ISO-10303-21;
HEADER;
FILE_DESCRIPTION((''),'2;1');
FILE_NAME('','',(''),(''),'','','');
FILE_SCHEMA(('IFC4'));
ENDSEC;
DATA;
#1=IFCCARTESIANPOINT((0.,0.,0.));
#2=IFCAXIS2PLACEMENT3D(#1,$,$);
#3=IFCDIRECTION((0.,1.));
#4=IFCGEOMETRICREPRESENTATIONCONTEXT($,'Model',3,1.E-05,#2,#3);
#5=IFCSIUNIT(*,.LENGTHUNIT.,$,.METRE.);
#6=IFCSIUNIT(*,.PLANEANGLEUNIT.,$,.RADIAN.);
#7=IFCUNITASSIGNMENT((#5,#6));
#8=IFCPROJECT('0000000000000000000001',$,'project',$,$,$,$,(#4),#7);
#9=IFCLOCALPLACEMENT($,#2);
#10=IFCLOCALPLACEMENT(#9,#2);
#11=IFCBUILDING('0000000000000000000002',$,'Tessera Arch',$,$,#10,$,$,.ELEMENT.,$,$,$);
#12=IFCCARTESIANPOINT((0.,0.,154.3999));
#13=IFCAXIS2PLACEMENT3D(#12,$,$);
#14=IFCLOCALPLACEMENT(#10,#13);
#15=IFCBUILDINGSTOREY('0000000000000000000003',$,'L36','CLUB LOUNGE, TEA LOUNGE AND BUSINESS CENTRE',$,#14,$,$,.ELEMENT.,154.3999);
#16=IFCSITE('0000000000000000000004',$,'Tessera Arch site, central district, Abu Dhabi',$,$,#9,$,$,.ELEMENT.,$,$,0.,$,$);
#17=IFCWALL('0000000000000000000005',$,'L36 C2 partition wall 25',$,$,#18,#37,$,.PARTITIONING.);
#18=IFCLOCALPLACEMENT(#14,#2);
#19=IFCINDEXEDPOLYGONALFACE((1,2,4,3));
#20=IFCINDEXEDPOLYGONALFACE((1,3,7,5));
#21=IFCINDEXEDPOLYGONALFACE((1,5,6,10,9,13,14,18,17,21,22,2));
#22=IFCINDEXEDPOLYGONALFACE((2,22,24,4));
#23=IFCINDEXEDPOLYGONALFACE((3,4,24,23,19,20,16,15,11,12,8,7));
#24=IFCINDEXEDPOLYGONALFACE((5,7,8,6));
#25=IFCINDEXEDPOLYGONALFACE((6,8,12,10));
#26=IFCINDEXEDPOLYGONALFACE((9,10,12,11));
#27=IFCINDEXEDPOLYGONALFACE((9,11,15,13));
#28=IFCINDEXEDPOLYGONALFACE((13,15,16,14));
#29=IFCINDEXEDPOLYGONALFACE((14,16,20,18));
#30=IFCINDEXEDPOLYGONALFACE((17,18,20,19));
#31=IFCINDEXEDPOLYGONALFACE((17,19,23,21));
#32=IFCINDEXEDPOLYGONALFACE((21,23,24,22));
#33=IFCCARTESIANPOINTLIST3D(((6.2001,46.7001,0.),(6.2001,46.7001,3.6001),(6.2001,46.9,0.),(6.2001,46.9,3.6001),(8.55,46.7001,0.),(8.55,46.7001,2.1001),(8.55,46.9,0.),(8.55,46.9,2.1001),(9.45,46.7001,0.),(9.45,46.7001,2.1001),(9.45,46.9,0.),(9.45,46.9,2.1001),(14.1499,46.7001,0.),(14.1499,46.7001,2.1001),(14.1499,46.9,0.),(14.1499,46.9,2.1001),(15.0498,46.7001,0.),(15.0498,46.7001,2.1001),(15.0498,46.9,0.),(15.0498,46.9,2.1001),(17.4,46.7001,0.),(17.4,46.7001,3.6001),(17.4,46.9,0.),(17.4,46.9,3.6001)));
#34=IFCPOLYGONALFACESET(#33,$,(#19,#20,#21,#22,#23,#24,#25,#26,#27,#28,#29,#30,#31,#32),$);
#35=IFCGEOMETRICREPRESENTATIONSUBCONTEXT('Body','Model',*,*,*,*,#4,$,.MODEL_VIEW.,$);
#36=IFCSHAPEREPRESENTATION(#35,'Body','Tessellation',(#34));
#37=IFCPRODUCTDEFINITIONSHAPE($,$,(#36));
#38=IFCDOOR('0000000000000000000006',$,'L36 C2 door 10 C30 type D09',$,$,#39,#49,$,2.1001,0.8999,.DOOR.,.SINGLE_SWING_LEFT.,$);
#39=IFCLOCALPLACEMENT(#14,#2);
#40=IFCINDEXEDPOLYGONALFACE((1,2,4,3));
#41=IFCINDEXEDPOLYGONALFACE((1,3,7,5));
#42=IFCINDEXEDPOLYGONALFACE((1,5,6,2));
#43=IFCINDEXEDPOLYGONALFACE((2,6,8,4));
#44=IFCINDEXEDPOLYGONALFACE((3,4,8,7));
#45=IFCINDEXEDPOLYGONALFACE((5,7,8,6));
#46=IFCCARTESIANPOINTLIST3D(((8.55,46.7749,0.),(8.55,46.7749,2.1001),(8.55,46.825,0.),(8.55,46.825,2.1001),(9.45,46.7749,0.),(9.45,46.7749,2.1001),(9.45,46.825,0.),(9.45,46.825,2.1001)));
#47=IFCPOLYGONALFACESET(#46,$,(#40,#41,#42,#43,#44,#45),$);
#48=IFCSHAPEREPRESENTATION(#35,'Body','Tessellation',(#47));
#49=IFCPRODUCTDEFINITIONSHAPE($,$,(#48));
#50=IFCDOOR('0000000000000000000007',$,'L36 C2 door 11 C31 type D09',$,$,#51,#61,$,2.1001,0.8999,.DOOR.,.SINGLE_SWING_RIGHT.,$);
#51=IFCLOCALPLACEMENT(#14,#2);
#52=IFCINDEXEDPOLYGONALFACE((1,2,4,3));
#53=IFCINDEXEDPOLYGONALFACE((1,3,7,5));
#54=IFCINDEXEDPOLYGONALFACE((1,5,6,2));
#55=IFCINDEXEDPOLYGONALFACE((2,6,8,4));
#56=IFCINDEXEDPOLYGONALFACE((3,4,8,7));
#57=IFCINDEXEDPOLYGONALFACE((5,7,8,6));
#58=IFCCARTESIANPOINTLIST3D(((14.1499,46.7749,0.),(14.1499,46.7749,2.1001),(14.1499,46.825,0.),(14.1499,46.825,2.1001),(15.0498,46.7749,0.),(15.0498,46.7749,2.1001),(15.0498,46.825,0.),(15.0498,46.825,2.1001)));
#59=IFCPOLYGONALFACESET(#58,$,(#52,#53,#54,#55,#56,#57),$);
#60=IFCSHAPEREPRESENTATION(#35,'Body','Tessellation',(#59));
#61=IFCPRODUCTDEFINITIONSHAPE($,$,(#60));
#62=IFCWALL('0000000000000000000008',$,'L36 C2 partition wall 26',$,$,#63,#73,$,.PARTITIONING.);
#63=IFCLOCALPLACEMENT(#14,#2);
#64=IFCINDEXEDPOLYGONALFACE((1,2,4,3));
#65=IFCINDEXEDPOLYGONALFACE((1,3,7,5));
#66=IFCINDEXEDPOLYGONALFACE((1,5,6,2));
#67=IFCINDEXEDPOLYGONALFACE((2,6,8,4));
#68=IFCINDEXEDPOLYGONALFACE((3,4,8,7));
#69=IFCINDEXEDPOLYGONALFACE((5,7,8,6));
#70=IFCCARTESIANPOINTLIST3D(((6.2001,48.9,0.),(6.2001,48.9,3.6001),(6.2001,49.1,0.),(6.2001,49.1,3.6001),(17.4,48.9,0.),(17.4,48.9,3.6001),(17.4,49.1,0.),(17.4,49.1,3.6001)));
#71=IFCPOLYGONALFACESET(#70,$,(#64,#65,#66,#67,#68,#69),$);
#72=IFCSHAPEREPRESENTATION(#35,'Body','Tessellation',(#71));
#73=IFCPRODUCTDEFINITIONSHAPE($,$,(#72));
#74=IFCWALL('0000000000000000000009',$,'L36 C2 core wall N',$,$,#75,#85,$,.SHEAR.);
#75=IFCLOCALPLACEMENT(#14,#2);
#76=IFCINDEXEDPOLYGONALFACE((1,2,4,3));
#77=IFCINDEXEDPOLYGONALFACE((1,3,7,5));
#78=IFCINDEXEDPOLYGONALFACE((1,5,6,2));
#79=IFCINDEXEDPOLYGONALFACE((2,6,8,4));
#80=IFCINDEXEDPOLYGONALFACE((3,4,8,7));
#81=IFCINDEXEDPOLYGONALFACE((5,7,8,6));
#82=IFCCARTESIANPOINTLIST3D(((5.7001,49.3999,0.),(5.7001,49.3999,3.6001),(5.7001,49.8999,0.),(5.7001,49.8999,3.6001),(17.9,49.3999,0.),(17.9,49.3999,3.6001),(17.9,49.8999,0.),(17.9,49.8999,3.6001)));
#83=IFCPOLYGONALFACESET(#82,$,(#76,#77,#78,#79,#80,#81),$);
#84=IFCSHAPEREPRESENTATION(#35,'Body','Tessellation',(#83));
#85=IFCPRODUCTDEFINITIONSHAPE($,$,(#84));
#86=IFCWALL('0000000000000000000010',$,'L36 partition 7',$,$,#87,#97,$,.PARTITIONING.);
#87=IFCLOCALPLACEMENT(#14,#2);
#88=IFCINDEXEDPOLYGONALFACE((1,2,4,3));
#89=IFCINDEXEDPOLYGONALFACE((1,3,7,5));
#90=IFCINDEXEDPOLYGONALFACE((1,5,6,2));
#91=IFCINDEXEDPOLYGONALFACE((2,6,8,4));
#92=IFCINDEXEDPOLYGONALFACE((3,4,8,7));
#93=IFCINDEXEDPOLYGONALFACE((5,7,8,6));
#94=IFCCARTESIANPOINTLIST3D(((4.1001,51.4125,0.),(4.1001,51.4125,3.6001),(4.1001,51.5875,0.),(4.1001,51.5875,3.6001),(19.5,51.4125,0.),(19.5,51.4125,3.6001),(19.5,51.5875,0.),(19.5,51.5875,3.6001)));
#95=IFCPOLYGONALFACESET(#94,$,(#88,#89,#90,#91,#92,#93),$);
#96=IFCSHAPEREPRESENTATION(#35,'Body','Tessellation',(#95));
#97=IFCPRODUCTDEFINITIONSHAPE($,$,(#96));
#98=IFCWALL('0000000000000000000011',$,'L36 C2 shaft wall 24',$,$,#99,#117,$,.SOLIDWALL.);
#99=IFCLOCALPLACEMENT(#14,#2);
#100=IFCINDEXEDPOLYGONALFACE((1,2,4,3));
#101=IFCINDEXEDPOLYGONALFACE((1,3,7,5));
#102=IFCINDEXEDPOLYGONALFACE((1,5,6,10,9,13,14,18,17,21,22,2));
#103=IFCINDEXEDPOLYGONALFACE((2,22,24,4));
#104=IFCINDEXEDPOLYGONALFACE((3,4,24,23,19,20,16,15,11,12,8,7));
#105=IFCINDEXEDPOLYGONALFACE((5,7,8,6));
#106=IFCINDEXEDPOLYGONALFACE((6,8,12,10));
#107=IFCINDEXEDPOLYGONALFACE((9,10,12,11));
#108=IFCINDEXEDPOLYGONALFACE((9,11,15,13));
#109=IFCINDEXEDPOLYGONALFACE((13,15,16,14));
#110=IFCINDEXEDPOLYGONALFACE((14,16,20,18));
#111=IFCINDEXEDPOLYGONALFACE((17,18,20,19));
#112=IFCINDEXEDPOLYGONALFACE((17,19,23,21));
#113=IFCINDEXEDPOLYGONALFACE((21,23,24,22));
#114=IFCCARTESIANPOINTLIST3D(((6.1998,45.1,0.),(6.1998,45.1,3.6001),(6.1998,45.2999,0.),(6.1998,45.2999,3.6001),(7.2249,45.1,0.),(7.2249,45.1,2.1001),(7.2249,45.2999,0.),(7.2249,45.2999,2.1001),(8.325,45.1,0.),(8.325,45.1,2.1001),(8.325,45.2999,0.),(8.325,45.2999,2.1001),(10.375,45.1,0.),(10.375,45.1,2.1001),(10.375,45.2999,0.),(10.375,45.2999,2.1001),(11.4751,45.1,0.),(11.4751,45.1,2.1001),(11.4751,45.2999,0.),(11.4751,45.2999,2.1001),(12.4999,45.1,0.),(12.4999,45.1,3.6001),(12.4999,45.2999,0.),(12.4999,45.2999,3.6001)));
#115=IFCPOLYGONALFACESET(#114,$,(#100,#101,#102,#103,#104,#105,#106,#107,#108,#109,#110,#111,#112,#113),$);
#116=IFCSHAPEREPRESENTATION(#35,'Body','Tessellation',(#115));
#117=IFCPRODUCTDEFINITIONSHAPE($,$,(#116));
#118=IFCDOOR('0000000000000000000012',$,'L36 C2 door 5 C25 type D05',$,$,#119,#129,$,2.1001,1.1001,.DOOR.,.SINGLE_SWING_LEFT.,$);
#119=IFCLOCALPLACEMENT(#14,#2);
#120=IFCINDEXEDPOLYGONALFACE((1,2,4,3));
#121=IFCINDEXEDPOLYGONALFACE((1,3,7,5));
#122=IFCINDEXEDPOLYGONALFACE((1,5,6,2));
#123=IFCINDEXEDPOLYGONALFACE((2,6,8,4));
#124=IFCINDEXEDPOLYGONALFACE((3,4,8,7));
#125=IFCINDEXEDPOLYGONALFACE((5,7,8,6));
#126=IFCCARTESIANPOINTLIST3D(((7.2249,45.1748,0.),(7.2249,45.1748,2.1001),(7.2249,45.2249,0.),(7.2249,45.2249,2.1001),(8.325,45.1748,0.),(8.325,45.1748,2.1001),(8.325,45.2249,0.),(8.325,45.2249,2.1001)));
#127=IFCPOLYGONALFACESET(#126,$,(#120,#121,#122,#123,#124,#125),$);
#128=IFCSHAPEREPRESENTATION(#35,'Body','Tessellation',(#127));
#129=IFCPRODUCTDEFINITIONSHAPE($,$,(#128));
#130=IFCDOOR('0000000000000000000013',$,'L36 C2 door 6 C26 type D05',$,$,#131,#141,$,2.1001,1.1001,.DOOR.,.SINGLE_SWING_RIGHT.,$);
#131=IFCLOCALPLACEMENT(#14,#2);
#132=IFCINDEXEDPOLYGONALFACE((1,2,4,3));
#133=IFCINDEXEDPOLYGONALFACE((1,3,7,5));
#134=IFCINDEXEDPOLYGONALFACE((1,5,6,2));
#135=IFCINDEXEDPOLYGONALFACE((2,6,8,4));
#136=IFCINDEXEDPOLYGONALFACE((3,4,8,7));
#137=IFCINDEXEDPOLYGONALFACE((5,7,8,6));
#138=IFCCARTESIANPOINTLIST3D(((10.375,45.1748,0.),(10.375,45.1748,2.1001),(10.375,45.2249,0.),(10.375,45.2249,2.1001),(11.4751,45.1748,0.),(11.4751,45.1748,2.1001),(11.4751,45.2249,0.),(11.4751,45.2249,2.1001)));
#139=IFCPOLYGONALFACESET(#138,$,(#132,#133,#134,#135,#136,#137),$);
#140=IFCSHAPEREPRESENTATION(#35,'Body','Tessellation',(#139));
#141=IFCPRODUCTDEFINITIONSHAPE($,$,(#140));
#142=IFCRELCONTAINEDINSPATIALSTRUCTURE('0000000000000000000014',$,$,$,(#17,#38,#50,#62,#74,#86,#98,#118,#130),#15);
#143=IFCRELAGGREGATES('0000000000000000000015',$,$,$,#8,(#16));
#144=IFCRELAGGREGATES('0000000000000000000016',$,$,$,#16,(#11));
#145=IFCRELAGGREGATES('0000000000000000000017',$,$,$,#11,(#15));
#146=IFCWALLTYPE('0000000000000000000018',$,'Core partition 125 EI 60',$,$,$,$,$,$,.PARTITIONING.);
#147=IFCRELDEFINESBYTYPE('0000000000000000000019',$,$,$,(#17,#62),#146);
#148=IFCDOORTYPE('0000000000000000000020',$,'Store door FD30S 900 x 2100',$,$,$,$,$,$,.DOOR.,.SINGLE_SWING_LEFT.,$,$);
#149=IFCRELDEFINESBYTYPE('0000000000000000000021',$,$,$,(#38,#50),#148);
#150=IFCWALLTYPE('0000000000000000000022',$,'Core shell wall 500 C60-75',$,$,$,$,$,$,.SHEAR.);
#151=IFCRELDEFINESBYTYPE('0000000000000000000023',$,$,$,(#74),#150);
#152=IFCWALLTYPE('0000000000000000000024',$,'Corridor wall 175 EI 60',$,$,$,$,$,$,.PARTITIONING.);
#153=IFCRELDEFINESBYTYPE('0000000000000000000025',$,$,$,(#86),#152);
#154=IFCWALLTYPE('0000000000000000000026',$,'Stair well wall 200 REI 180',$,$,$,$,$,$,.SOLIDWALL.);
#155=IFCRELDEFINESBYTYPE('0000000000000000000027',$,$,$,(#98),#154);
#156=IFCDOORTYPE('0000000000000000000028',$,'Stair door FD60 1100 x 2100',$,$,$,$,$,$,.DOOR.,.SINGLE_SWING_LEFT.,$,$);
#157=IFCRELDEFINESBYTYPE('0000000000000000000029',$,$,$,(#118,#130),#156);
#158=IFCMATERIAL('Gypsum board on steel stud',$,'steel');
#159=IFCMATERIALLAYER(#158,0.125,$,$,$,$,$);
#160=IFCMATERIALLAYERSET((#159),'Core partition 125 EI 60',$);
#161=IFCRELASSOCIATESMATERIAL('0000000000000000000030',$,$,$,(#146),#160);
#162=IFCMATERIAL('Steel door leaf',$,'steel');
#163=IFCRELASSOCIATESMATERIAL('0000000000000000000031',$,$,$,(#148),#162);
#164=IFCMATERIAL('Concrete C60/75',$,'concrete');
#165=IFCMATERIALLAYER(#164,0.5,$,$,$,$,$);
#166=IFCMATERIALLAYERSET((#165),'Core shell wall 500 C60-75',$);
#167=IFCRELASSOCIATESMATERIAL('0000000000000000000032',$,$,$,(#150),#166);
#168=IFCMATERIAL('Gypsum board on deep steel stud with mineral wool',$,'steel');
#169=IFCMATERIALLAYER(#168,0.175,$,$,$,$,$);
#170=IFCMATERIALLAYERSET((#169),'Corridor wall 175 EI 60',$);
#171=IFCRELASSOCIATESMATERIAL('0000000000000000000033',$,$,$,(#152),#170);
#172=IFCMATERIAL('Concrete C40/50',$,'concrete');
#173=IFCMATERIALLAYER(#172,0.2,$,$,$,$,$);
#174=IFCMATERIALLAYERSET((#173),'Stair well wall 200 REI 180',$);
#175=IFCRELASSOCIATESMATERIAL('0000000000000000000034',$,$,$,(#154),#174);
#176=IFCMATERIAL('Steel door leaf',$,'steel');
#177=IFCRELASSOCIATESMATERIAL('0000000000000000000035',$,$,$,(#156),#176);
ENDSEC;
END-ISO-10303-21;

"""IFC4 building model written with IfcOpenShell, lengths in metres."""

from ifc_helpers import new_model, si_unit, direction, frame, frame_2d, origin, place, context, subcontext, project, spatial, rectangle, extrude, material, layer, layer_set, type_object, element, fill, save


model = new_model("IFC4")

# Units and contexts
model_context = context("Model", 3, precision=1e-05, world=origin(), true_north=direction((0.0, 1.0)))
body_context = subcontext(model_context, "Body", "Model", "MODEL_VIEW")
ifc_project = project(units=[si_unit("LENGTHUNIT", "METRE"), si_unit("PLANEANGLEUNIT", "RADIAN")], contexts=[model_context])

# Site, building, storey
site_placement = place(None, origin())
site = spatial("IfcSite", under=ifc_project, at=site_placement, Name="Tessera Arch site, central district, Abu Dhabi", CompositionType="ELEMENT", RefElevation=0.0)
building_placement = place(site_placement, origin())
building = spatial("IfcBuilding", under=site, at=building_placement, Name="Tessera Arch", CompositionType="ELEMENT")
storey_placement = place(building_placement, frame((0.0, 0.0, 154.3999)))
storey = spatial("IfcBuildingStorey", under=building, at=storey_placement, Name="L36", Description="CLUB LOUNGE, TEA LOUNGE AND BUSINESS CENTRE", CompositionType="ELEMENT", Elevation=154.3999)

# Wall, openings, doors
ifc_material_1 = material(Name="Gypsum board on steel stud", Category="steel")
ifc_layer_1 = layer(ifc_material_1, 0.125)
ifc_layer_set_1 = layer_set([ifc_layer_1], Name="Core partition 125 EI 60")
wall_type_1 = type_object("IfcWallType", Name="Core partition 125 EI 60", PredefinedType="PARTITIONING", material=ifc_layer_set_1)
wall_1_placement = place(storey_placement, frame((6.2, 46.8, 0.0), z_axis=(0.0, 0.0, 1.0), x_axis=(1.0, 0.0, 0.0)))
wall_1 = element("IfcWall", 1, at=wall_1_placement, inside=storey, type_object=wall_type_1, Name="L36 C2 partition wall 25", PredefinedType="PARTITIONING", context=body_context, shape_type="SweptSolid", body=[
    extrude(rectangle(XDim=11.2, YDim=0.2, at=frame_2d((5.6001, 0.0))), origin(), (0.0, 0.0, 1.0), 3.6001),
])
opening_1_placement = place(wall_1_placement, frame((2.3501, 0.0, 0.0)))
opening_1 = element("IfcOpeningElement", 2, at=opening_1_placement, cuts=wall_1, PredefinedType="OPENING", context=body_context, shape_type="SweptSolid", body=[
    extrude(rectangle(XDim=0.8999, YDim=2.1001, at=frame_2d((0.45, 1.05))), frame((0.0, 0.1099, 0.0), z_axis=(0.0, -1.0, 0.0), x_axis=(1.0, 0.0, 0.0)), (0.0, 0.0, 1.0), 0.22),
])
opening_2_placement = place(wall_1_placement, frame((7.95, 0.0, 0.0)))
opening_2 = element("IfcOpeningElement", 3, at=opening_2_placement, cuts=wall_1, PredefinedType="OPENING", context=body_context, shape_type="SweptSolid", body=[
    extrude(rectangle(XDim=0.8999, YDim=2.1001, at=frame_2d((0.45, 1.05))), frame((0.0, 0.1099, 0.0), z_axis=(0.0, -1.0, 0.0), x_axis=(1.0, 0.0, 0.0)), (0.0, 0.0, 1.0), 0.22),
])
ifc_material_2 = material(Name="Steel door leaf", Category="steel")
door_type_1 = type_object("IfcDoorType", Name="Store door FD30S 900 x 2100", OperationType="SINGLE_SWING_LEFT", PredefinedType="DOOR", material=ifc_material_2)
door_1_placement = place(opening_1_placement, origin())
door_1 = element("IfcDoor", 4, at=door_1_placement, inside=storey, type_object=door_type_1, Name="L36 C2 door 10 C30 type D09", OperationType="SINGLE_SWING_LEFT", OverallHeight=2.1001, OverallWidth=0.8999, PredefinedType="DOOR", context=body_context, shape_type="SweptSolid", body=[
    extrude(rectangle(XDim=0.8999, YDim=2.1001, at=frame_2d((0.45, 1.05))), frame((0.0, 0.0249, 0.0), z_axis=(0.0, -1.0, 0.0), x_axis=(1.0, 0.0, 0.0)), (0.0, 0.0, 1.0), 0.05),
])
fill(opening_1, door_1)
door_2_placement = place(opening_2_placement, origin())
door_2 = element("IfcDoor", 5, at=door_2_placement, inside=storey, type_object=door_type_1, Name="L36 C2 door 11 C31 type D09", OperationType="SINGLE_SWING_RIGHT", OverallHeight=2.1001, OverallWidth=0.8999, PredefinedType="DOOR", context=body_context, shape_type="SweptSolid", body=[
    extrude(rectangle(XDim=0.8999, YDim=2.1001, at=frame_2d((0.45, 1.05))), frame((0.0, 0.0249, 0.0), z_axis=(0.0, -1.0, 0.0), x_axis=(1.0, 0.0, 0.0)), (0.0, 0.0, 1.0), 0.05),
])
fill(opening_2, door_2)

# Walls
wall_2_placement = place(storey_placement, frame((6.2, 49.0, 0.0), z_axis=(0.0, 0.0, 1.0), x_axis=(1.0, 0.0, 0.0)))
element("IfcWall", 6, at=wall_2_placement, inside=storey, type_object=wall_type_1, Name="L36 C2 partition wall 26", PredefinedType="PARTITIONING", context=body_context, shape_type="SweptSolid", body=[
    extrude(rectangle(XDim=11.2, YDim=0.2, at=frame_2d((5.6001, 0.0))), origin(), (0.0, 0.0, 1.0), 3.6001),
])
ifc_material_3 = material(Name="Concrete C60/75", Category="concrete")
ifc_layer_2 = layer(ifc_material_3, 0.5)
ifc_layer_set_2 = layer_set([ifc_layer_2], Name="Core shell wall 500 C60-75")
wall_type_2 = type_object("IfcWallType", Name="Core shell wall 500 C60-75", PredefinedType="SHEAR", material=ifc_layer_set_2)
wall_3_placement = place(storey_placement, frame((5.7, 49.6499, 0.0), z_axis=(0.0, 0.0, 1.0), x_axis=(1.0, 0.0, 0.0)))
element("IfcWall", 7, at=wall_3_placement, inside=storey, type_object=wall_type_2, Name="L36 C2 core wall N", PredefinedType="SHEAR", context=body_context, shape_type="SweptSolid", body=[
    extrude(rectangle(XDim=12.2, YDim=0.5, at=frame_2d((6.1001, 0.0))), origin(), (0.0, 0.0, 1.0), 3.6001),
])
ifc_material_4 = material(Name="Gypsum board on deep steel stud with mineral wool", Category="steel")
ifc_layer_3 = layer(ifc_material_4, 0.175)
ifc_layer_set_3 = layer_set([ifc_layer_3], Name="Corridor wall 175 EI 60")
wall_type_3 = type_object("IfcWallType", Name="Corridor wall 175 EI 60", PredefinedType="PARTITIONING", material=ifc_layer_set_3)
wall_4_placement = place(storey_placement, frame((4.1001, 51.5, 0.0), z_axis=(0.0, 0.0, 1.0), x_axis=(1.0, 0.0, 0.0)))
element("IfcWall", 8, at=wall_4_placement, inside=storey, type_object=wall_type_3, Name="L36 partition 7", PredefinedType="PARTITIONING", context=body_context, shape_type="SweptSolid", body=[
    extrude(rectangle(XDim=15.3999, YDim=0.175, at=frame_2d((7.7, 0.0))), origin(), (0.0, 0.0, 1.0), 3.6001),
])

# Wall, openings, doors
ifc_material_5 = material(Name="Concrete C40/50", Category="concrete")
ifc_layer_4 = layer(ifc_material_5, 0.2)
ifc_layer_set_4 = layer_set([ifc_layer_4], Name="Stair well wall 200 REI 180")
wall_type_4 = type_object("IfcWallType", Name="Stair well wall 200 REI 180", PredefinedType="SOLIDWALL", material=ifc_layer_set_4)
wall_5_placement = place(storey_placement, frame((6.2, 45.2, 0.0), z_axis=(0.0, 0.0, 1.0), x_axis=(1.0, 0.0, 0.0)))
wall_5 = element("IfcWall", 9, at=wall_5_placement, inside=storey, type_object=wall_type_4, Name="L36 C2 shaft wall 24", PredefinedType="SOLIDWALL", context=body_context, shape_type="SweptSolid", body=[
    extrude(rectangle(XDim=6.3, YDim=0.2, at=frame_2d((3.1499, 0.0))), origin(), (0.0, 0.0, 1.0), 3.6001),
])
opening_3_placement = place(wall_5_placement, frame((1.0249, 0.0, 0.0)))
opening_3 = element("IfcOpeningElement", 10, at=opening_3_placement, cuts=wall_5, PredefinedType="OPENING", context=body_context, shape_type="SweptSolid", body=[
    extrude(rectangle(XDim=1.1001, YDim=2.1001, at=frame_2d((0.55, 1.05))), frame((0.0, 0.1099, 0.0), z_axis=(0.0, -1.0, 0.0), x_axis=(1.0, 0.0, 0.0)), (0.0, 0.0, 1.0), 0.22),
])
opening_4_placement = place(wall_5_placement, frame((4.175, 0.0, 0.0)))
opening_4 = element("IfcOpeningElement", 11, at=opening_4_placement, cuts=wall_5, PredefinedType="OPENING", context=body_context, shape_type="SweptSolid", body=[
    extrude(rectangle(XDim=1.1001, YDim=2.1001, at=frame_2d((0.55, 1.05))), frame((0.0, 0.1099, 0.0), z_axis=(0.0, -1.0, 0.0), x_axis=(1.0, 0.0, 0.0)), (0.0, 0.0, 1.0), 0.22),
])
ifc_material_6 = material(Name="Steel door leaf", Category="steel")
door_type_2 = type_object("IfcDoorType", Name="Stair door FD60 1100 x 2100", OperationType="SINGLE_SWING_LEFT", PredefinedType="DOOR", material=ifc_material_6)
door_3_placement = place(opening_3_placement, origin())
door_3 = element("IfcDoor", 12, at=door_3_placement, inside=storey, type_object=door_type_2, Name="L36 C2 door 5 C25 type D05", OperationType="SINGLE_SWING_LEFT", OverallHeight=2.1001, OverallWidth=1.1001, PredefinedType="DOOR", context=body_context, shape_type="SweptSolid", body=[
    extrude(rectangle(XDim=1.1001, YDim=2.1001, at=frame_2d((0.55, 1.05))), frame((0.0, 0.0249, 0.0), z_axis=(0.0, -1.0, 0.0), x_axis=(1.0, 0.0, 0.0)), (0.0, 0.0, 1.0), 0.05),
])
fill(opening_3, door_3)
door_4_placement = place(opening_4_placement, origin())
door_4 = element("IfcDoor", 13, at=door_4_placement, inside=storey, type_object=door_type_2, Name="L36 C2 door 6 C26 type D05", OperationType="SINGLE_SWING_RIGHT", OverallHeight=2.1001, OverallWidth=1.1001, PredefinedType="DOOR", context=body_context, shape_type="SweptSolid", body=[
    extrude(rectangle(XDim=1.1001, YDim=2.1001, at=frame_2d((0.55, 1.05))), frame((0.0, 0.0249, 0.0), z_axis=(0.0, -1.0, 0.0), x_axis=(1.0, 0.0, 0.0)), (0.0, 0.0, 1.0), 0.05),
])
fill(opening_4, door_4)

save(model, "model.ifc")
